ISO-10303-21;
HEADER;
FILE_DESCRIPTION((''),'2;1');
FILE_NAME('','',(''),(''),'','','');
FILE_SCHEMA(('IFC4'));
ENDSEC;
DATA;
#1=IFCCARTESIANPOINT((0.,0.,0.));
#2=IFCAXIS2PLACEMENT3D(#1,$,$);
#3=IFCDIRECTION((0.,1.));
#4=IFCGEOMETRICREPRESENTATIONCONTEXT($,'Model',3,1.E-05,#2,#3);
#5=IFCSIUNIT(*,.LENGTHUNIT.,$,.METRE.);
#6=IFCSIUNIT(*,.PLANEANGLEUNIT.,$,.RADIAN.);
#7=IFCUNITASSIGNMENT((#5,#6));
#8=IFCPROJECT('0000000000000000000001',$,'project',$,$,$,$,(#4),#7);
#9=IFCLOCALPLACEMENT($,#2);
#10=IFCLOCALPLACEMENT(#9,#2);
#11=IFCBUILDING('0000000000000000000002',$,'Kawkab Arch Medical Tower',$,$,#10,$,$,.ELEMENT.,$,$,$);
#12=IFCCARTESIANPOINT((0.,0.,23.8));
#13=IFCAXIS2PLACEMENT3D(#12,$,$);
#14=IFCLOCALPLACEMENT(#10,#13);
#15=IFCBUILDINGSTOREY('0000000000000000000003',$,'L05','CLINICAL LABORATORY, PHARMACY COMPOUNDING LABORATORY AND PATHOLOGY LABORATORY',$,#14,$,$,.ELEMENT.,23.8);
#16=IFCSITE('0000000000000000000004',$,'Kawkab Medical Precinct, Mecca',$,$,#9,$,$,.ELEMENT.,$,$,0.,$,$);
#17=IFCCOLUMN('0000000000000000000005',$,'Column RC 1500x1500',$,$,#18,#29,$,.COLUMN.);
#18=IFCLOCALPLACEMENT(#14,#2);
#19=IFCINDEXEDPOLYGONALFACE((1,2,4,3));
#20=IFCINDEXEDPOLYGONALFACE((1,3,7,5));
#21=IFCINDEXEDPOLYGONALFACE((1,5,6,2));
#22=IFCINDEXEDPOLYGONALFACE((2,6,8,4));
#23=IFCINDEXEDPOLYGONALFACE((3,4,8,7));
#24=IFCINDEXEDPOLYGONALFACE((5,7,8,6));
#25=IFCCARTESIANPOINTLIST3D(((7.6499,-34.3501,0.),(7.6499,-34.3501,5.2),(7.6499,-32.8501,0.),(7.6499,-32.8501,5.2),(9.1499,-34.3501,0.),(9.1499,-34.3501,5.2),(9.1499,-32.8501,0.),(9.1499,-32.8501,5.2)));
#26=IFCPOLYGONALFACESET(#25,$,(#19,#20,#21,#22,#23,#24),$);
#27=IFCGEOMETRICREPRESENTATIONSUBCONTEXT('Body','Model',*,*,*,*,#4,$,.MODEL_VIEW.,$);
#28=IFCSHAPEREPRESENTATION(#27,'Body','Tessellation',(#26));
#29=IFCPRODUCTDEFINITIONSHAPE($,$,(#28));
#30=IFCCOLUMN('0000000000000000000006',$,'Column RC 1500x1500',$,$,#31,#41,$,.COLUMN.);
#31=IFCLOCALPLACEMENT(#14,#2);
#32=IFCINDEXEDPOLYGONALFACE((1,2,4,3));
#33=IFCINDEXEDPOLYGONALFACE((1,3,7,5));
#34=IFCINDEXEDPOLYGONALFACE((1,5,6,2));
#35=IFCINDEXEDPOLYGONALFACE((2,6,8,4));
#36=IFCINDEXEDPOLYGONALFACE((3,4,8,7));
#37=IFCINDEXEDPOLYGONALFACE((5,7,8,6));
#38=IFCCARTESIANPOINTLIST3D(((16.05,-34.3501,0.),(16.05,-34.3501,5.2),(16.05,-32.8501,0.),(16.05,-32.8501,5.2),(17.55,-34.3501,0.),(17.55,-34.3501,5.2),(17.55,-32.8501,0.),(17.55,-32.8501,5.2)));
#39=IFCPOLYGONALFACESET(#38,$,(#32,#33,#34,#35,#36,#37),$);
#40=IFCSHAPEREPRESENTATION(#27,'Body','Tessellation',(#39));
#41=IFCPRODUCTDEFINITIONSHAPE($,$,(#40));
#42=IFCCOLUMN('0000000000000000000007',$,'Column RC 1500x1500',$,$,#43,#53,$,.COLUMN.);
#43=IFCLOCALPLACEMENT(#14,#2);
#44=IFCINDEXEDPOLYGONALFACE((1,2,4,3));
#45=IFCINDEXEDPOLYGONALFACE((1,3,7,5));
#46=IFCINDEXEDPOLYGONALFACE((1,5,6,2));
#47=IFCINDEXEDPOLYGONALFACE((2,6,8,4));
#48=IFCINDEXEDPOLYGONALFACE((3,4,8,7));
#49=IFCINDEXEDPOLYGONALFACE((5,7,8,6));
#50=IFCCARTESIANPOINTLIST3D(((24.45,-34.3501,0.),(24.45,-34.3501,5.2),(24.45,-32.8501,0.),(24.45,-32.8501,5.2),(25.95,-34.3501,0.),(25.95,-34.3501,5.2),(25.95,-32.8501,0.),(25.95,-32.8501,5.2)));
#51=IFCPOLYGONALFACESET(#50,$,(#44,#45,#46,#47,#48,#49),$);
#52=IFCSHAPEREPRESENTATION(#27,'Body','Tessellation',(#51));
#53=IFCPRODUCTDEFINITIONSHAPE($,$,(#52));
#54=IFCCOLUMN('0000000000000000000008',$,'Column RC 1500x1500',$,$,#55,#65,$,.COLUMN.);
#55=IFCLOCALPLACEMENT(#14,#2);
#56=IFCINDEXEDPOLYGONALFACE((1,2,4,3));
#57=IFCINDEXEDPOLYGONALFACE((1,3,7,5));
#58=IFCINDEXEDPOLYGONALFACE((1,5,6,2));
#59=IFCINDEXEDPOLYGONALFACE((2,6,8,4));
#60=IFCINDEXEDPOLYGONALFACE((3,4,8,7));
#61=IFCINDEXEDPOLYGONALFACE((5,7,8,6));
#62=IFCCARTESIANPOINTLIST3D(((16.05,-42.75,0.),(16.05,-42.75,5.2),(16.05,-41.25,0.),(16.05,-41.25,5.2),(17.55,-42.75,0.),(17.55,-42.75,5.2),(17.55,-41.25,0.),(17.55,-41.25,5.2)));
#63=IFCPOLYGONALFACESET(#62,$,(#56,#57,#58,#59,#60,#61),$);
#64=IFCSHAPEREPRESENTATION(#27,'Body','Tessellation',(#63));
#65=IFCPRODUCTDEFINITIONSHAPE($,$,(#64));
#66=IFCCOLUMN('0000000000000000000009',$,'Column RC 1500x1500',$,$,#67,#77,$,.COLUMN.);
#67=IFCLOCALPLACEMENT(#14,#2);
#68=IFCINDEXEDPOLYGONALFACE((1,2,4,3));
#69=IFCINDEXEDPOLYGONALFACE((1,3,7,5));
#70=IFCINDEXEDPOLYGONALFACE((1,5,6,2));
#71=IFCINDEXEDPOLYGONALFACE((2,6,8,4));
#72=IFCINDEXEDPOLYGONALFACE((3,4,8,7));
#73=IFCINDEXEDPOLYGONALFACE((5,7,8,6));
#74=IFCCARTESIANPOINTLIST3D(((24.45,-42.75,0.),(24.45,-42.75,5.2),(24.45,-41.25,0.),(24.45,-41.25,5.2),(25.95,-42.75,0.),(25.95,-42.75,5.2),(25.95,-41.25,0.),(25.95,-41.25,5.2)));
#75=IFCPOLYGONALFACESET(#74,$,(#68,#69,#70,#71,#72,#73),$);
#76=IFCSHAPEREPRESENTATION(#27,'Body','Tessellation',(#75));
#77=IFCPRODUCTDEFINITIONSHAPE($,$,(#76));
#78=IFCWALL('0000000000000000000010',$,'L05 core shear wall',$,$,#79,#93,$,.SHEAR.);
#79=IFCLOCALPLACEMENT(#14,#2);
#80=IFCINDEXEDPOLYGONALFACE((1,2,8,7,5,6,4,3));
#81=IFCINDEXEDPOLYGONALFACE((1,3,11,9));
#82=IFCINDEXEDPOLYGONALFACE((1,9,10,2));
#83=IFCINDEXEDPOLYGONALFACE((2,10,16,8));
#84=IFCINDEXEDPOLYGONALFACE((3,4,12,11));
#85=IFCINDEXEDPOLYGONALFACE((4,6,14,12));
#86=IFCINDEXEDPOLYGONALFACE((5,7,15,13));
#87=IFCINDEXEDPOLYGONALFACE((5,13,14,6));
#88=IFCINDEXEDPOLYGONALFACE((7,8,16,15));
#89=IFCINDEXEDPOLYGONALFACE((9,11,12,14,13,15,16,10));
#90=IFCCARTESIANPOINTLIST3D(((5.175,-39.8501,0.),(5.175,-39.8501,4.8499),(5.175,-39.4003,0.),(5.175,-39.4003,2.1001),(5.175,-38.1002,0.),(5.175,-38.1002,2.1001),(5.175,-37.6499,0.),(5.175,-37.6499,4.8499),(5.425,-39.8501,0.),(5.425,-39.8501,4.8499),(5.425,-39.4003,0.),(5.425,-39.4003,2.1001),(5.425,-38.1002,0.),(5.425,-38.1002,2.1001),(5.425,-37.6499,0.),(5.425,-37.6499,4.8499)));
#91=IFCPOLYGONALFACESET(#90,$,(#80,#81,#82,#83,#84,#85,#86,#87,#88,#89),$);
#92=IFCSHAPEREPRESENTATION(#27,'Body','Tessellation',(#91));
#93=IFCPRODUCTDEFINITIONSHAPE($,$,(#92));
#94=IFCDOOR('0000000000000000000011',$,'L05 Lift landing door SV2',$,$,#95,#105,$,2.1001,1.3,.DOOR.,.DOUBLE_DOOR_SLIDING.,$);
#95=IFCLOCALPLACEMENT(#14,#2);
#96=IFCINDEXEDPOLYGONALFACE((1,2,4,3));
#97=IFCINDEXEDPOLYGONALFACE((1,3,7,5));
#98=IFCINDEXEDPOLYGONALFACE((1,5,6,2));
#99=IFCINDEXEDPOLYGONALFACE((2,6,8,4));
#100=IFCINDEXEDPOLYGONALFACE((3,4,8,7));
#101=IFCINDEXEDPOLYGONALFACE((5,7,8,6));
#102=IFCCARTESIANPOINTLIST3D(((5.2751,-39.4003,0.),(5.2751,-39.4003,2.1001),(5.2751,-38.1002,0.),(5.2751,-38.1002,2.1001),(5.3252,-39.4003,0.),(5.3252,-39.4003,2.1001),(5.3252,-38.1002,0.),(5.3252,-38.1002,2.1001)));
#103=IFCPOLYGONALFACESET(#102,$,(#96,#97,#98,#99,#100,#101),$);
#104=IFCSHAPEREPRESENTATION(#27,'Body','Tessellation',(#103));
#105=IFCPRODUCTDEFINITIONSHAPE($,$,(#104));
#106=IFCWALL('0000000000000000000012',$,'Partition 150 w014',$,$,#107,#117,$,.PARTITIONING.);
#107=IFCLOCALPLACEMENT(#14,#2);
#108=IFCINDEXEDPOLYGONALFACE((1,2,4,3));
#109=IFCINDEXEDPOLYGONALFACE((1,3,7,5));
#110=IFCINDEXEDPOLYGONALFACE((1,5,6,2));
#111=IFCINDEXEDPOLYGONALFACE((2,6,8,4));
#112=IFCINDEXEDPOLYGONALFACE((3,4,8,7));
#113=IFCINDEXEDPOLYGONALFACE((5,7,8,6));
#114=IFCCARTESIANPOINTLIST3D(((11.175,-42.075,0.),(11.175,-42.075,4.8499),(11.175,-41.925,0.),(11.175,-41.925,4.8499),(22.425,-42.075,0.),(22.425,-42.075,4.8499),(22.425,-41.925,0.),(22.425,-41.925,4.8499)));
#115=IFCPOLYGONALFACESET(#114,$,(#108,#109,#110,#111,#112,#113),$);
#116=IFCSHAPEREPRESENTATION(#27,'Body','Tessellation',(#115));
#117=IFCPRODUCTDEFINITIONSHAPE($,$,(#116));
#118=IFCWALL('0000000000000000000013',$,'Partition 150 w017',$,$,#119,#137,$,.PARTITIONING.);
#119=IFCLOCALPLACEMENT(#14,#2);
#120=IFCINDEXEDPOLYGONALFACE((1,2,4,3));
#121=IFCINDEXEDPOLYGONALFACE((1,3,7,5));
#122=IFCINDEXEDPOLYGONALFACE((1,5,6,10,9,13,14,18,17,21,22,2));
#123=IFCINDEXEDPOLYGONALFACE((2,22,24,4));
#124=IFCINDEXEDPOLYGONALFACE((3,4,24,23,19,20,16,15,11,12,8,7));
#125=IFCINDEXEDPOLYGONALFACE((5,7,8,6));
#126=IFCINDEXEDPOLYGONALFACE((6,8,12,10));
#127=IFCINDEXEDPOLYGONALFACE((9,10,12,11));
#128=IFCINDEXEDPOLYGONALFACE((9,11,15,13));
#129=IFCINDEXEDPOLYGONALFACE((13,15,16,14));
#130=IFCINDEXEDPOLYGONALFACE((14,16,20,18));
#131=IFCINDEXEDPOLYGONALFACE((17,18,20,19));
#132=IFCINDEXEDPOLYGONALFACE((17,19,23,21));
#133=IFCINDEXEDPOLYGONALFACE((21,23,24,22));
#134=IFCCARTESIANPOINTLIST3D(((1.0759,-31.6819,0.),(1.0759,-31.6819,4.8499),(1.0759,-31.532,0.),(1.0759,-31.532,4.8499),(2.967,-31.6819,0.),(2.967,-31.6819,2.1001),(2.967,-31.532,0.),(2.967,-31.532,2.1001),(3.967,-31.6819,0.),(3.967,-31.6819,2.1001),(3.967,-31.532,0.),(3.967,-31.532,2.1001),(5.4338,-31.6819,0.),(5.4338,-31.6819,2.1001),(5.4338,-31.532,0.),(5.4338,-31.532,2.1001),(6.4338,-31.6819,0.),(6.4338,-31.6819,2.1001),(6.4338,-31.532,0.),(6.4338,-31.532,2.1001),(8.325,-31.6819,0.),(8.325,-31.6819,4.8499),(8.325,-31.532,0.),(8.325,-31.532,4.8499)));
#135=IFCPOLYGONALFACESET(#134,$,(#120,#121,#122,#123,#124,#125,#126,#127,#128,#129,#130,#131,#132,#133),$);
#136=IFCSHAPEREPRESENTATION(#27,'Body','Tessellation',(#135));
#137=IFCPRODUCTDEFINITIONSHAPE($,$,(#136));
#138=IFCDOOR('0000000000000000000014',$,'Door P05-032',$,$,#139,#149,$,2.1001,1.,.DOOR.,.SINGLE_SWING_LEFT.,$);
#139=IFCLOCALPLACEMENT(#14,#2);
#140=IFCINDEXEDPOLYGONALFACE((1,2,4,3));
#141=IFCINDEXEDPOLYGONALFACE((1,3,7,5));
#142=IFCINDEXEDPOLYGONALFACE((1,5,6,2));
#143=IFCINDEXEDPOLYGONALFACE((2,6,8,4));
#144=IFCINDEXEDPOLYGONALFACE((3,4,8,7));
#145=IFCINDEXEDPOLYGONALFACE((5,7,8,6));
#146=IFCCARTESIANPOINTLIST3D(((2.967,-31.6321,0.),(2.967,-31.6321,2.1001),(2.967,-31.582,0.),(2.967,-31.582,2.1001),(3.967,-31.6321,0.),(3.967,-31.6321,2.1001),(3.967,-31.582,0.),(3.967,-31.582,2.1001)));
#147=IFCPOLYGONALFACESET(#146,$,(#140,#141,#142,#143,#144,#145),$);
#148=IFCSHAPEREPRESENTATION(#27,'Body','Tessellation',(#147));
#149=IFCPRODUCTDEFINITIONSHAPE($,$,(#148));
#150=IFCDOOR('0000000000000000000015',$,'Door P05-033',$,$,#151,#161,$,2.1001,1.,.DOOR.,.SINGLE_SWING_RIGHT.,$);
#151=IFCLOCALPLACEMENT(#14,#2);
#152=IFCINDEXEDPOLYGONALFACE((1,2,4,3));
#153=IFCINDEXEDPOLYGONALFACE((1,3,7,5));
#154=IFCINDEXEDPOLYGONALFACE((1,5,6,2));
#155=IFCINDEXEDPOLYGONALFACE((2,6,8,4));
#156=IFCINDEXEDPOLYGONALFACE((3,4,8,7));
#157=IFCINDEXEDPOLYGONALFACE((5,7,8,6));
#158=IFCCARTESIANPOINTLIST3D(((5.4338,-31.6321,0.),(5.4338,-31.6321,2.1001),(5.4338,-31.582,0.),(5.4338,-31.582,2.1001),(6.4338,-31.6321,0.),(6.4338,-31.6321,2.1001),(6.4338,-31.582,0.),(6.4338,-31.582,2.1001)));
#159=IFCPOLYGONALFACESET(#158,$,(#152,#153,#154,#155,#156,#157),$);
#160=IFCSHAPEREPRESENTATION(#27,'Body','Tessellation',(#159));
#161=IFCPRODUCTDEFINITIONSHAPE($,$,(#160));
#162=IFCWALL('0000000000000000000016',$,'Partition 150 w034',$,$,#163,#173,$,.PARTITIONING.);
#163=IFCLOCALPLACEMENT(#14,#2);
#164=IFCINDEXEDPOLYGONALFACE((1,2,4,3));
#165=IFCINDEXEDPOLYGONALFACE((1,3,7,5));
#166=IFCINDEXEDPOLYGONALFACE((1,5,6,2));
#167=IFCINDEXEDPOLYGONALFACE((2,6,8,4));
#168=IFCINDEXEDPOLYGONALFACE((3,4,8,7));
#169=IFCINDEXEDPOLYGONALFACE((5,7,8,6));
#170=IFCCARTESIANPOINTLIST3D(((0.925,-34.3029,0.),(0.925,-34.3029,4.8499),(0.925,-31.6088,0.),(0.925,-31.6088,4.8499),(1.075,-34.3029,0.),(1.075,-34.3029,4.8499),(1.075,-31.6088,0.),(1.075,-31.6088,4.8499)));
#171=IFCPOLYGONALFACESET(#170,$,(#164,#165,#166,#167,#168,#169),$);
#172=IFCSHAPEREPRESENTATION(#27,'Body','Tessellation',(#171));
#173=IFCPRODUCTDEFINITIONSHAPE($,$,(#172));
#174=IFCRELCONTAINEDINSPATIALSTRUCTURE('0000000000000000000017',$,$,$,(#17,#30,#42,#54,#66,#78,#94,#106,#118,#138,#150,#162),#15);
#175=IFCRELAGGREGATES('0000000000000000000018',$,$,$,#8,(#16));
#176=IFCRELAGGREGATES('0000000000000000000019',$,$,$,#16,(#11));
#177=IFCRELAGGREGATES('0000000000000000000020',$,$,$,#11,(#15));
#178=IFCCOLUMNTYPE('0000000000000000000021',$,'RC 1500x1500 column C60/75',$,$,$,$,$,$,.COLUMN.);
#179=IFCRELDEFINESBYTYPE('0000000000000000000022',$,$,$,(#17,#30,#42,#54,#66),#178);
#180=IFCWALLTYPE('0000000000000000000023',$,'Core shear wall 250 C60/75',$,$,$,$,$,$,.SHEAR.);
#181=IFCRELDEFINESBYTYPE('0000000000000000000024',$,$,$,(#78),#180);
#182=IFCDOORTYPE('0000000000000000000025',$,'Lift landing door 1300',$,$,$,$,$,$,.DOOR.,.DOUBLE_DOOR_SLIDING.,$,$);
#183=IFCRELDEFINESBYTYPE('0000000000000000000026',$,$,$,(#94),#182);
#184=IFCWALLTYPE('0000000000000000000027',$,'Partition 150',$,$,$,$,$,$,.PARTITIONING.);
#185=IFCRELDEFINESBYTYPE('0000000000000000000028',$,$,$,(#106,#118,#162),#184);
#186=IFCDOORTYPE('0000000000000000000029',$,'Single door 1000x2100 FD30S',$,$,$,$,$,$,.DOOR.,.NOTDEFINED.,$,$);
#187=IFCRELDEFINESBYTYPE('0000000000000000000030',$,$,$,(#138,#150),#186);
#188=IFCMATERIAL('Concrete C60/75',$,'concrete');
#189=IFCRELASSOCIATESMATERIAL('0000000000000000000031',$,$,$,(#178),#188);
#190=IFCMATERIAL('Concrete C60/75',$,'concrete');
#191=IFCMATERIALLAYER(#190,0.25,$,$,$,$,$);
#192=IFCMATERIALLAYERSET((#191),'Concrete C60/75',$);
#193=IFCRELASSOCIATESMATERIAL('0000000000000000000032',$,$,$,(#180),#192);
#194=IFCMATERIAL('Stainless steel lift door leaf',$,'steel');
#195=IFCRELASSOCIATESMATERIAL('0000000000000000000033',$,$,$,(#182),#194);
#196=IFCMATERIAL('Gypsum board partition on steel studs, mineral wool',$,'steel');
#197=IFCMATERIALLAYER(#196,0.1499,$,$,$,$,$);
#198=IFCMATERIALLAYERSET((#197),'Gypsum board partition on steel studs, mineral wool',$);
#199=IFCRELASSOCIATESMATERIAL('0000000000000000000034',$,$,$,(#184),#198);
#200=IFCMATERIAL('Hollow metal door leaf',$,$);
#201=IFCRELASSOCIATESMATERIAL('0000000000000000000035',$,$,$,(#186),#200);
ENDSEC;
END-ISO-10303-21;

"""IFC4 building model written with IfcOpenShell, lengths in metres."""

from ifc_helpers import new_model, si_unit, direction, frame, frame_2d, origin, origin_2d, place, context, subcontext, project, spatial, rectangle, extrude, material, layer, layer_set, material_profile, profile_set, type_object, element, fill, save


model = new_model("IFC4")

# Units and contexts
model_context = context("Model", 3, precision=1e-05, world=origin(), true_north=direction((0.0, 1.0)))
body_context = subcontext(model_context, "Body", "Model", "MODEL_VIEW")
ifc_project = project(units=[si_unit("LENGTHUNIT", "METRE"), si_unit("PLANEANGLEUNIT", "RADIAN")], contexts=[model_context])

# Site, building, storey
site_placement = place(None, origin())
site = spatial("IfcSite", under=ifc_project, at=site_placement, Name="Kawkab Medical Precinct, Mecca", CompositionType="ELEMENT", RefElevation=0.0)
building_placement = place(site_placement, origin())
building = spatial("IfcBuilding", under=site, at=building_placement, Name="Kawkab Arch Medical Tower", CompositionType="ELEMENT")
storey_placement = place(building_placement, frame((0.0, 0.0, 23.8)))
storey = spatial("IfcBuildingStorey", under=building, at=storey_placement, Name="L05", Description="CLINICAL LABORATORY, PHARMACY COMPOUNDING LABORATORY AND PATHOLOGY LABORATORY", CompositionType="ELEMENT", Elevation=23.8)

# Columns
ifc_material_1 = material(Name="Concrete C60/75", Category="concrete")
ifc_material_profile = material_profile(ifc_material_1, rectangle(XDim=1.5, YDim=1.5, at=origin_2d()), Name="RC 1500x1500")
ifc_profile_set = profile_set([ifc_material_profile], Name="Concrete C60/75")
column_type = type_object("IfcColumnType", Name="RC 1500x1500 column C60/75", PredefinedType="COLUMN", material=ifc_profile_set)
for number, where, z_axis, x_axis, name in (
    (1, (8.3999, -33.6001, 0.0), (0.0, 0.0, 1.0), (1.0, 0.0, 0.0), "Column RC 1500x1500"),
    (2, (16.8, -33.6001, 0.0), (0.0, 0.0, 1.0), (1.0, 0.0, 0.0), "Column RC 1500x1500"),
    (3, (25.2, -33.6001, 0.0), (0.0, 0.0, 1.0), (1.0, 0.0, 0.0), "Column RC 1500x1500"),
    (4, (16.8, -42.0, 0.0), (0.0, 0.0, 1.0), (1.0, 0.0, 0.0), "Column RC 1500x1500"),
    (5, (25.2, -42.0, 0.0), (0.0, 0.0, 1.0), (1.0, 0.0, 0.0), "Column RC 1500x1500"),
):
    element("IfcColumn", number, at=place(storey_placement, frame(where, z_axis=z_axis, x_axis=x_axis)), inside=storey, type_object=column_type, Name=name, PredefinedType="COLUMN", context=body_context, shape_type="SweptSolid", body=[
        extrude(rectangle(XDim=1.5, YDim=1.5, at=origin_2d()), origin(), (0.0, 0.0, 1.0), 5.2),
    ])

# Wall, opening, door
ifc_material_2 = material(Name="Concrete C60/75", Category="concrete")
ifc_layer_1 = layer(ifc_material_2, 0.25)
ifc_layer_set_1 = layer_set([ifc_layer_1], Name="Concrete C60/75")
wall_type_1 = type_object("IfcWallType", Name="Core shear wall 250 C60/75", PredefinedType="SHEAR", material=ifc_layer_set_1)
wall_1_placement = place(storey_placement, frame((5.3, -39.8501, 0.0), z_axis=(0.0, 0.0, 1.0), x_axis=(0.0, 1.0, 0.0)))
wall_1 = element("IfcWall", 6, at=wall_1_placement, inside=storey, type_object=wall_type_1, Name="L05 core shear wall", PredefinedType="SHEAR", context=body_context, shape_type="SweptSolid", body=[
    extrude(rectangle(XDim=2.2002, YDim=0.25, at=frame_2d((1.1001, 0.0))), origin(), (0.0, 0.0, 1.0), 4.8499),
])
opening_1_placement = place(wall_1_placement, frame((0.45, 0.0, 0.0)))
opening_1 = element("IfcOpeningElement", 7, at=opening_1_placement, cuts=wall_1, PredefinedType="OPENING", context=body_context, shape_type="SweptSolid", body=[
    extrude(rectangle(XDim=1.3, YDim=2.1001, at=frame_2d((0.6499, 1.05))), frame((0.0, 0.135, 0.0), z_axis=(0.0, -1.0, 0.0), x_axis=(1.0, 0.0, 0.0)), (0.0, 0.0, 1.0), 0.27),
])
ifc_material_3 = material(Name="Stainless steel lift door leaf", Category="steel")
door_type_1 = type_object("IfcDoorType", Name="Lift landing door 1300", OperationType="DOUBLE_DOOR_SLIDING", PredefinedType="DOOR", material=ifc_material_3)
door_1_placement = place(opening_1_placement, origin())
door_1 = element("IfcDoor", 8, at=door_1_placement, inside=storey, type_object=door_type_1, Name="L05 Lift landing door SV2", OperationType="DOUBLE_DOOR_SLIDING", OverallHeight=2.1001, OverallWidth=1.3, PredefinedType="DOOR", context=body_context, shape_type="SweptSolid", body=[
    extrude(rectangle(XDim=1.3, YDim=2.1001, at=frame_2d((0.6499, 1.05))), frame((0.0, 0.0249, 0.0), z_axis=(0.0, -1.0, 0.0), x_axis=(1.0, 0.0, 0.0)), (0.0, 0.0, 1.0), 0.05),
])
fill(opening_1, door_1)

# Wall
ifc_material_4 = material(Name="Gypsum board partition on steel studs, mineral wool", Category="steel")
ifc_layer_2 = layer(ifc_material_4, 0.1499)
ifc_layer_set_2 = layer_set([ifc_layer_2], Name="Gypsum board partition on steel studs, mineral wool")
wall_type_2 = type_object("IfcWallType", Name="Partition 150", PredefinedType="PARTITIONING", material=ifc_layer_set_2)
wall_2_placement = place(storey_placement, frame((11.175, -42.0, 0.0), z_axis=(0.0, 0.0, 1.0), x_axis=(1.0, 0.0, 0.0)))
element("IfcWall", 9, at=wall_2_placement, inside=storey, type_object=wall_type_2, Name="Partition 150 w014", PredefinedType="PARTITIONING", context=body_context, shape_type="SweptSolid", body=[
    extrude(rectangle(XDim=11.25, YDim=0.1499, at=frame_2d((5.625, 0.0))), origin(), (0.0, 0.0, 1.0), 4.8499),
])

# Wall, openings, doors
wall_3_placement = place(storey_placement, frame((1.0759, -31.6069, 0.0), z_axis=(0.0, 0.0, 1.0), x_axis=(1.0, 0.0, 0.0)))
wall_3 = element("IfcWall", 10, at=wall_3_placement, inside=storey, type_object=wall_type_2, Name="Partition 150 w017", PredefinedType="PARTITIONING", context=body_context, shape_type="SweptSolid", body=[
    extrude(rectangle(XDim=7.249, YDim=0.1499, at=frame_2d((3.6245, 0.0))), origin(), (0.0, 0.0, 1.0), 4.8499),
])
opening_2_placement = place(wall_3_placement, frame((1.8911, 0.0, 0.0)))
opening_2 = element("IfcOpeningElement", 11, at=opening_2_placement, cuts=wall_3, PredefinedType="OPENING", context=body_context, shape_type="SweptSolid", body=[
    extrude(rectangle(XDim=1.0, YDim=2.1001, at=frame_2d((0.5, 1.05))), frame((0.0, 0.085, 0.0), z_axis=(0.0, -1.0, 0.0), x_axis=(1.0, 0.0, 0.0)), (0.0, 0.0, 1.0), 0.1699),
])
opening_3_placement = place(wall_3_placement, frame((4.3579, 0.0, 0.0)))
opening_3 = element("IfcOpeningElement", 12, at=opening_3_placement, cuts=wall_3, PredefinedType="OPENING", context=body_context, shape_type="SweptSolid", body=[
    extrude(rectangle(XDim=1.0, YDim=2.1001, at=frame_2d((0.5, 1.05))), frame((0.0, 0.085, 0.0), z_axis=(0.0, -1.0, 0.0), x_axis=(1.0, 0.0, 0.0)), (0.0, 0.0, 1.0), 0.1699),
])
ifc_material_5 = material(Name="Hollow metal door leaf")
door_type_2 = type_object("IfcDoorType", Name="Single door 1000x2100 FD30S", OperationType="NOTDEFINED", PredefinedType="DOOR", material=ifc_material_5)
door_2_placement = place(opening_2_placement, origin())
door_2 = element("IfcDoor", 13, at=door_2_placement, inside=storey, type_object=door_type_2, Name="Door P05-032", OperationType="SINGLE_SWING_LEFT", OverallHeight=2.1001, OverallWidth=1.0, PredefinedType="DOOR", context=body_context, shape_type="SweptSolid", body=[
    extrude(rectangle(XDim=1.0, YDim=2.1001, at=frame_2d((0.5, 1.05))), frame((0.0, 0.0249, 0.0), z_axis=(0.0, -1.0, 0.0), x_axis=(1.0, 0.0, 0.0)), (0.0, 0.0, 1.0), 0.05),
])
fill(opening_2, door_2)
door_3_placement = place(opening_3_placement, origin())
door_3 = element("IfcDoor", 14, at=door_3_placement, inside=storey, type_object=door_type_2, Name="Door P05-033", OperationType="SINGLE_SWING_RIGHT", OverallHeight=2.1001, OverallWidth=1.0, PredefinedType="DOOR", context=body_context, shape_type="SweptSolid", body=[
    extrude(rectangle(XDim=1.0, YDim=2.1001, at=frame_2d((0.5, 1.05))), frame((0.0, 0.0249, 0.0), z_axis=(0.0, -1.0, 0.0), x_axis=(1.0, 0.0, 0.0)), (0.0, 0.0, 1.0), 0.05),
])
fill(opening_3, door_3)

# Wall
wall_4_placement = place(storey_placement, frame((1.0, -34.303, 0.0), z_axis=(0.0, 0.0, 1.0), x_axis=(0.0, 1.0, 0.0)))
element("IfcWall", 15, at=wall_4_placement, inside=storey, type_object=wall_type_2, Name="Partition 150 w034", PredefinedType="PARTITIONING", context=body_context, shape_type="SweptSolid", body=[
    extrude(rectangle(XDim=2.6941, YDim=0.1499, at=frame_2d((1.3472, 0.0))), origin(), (0.0, 0.0, 1.0), 4.8499),
])

save(model, "model.ifc")
